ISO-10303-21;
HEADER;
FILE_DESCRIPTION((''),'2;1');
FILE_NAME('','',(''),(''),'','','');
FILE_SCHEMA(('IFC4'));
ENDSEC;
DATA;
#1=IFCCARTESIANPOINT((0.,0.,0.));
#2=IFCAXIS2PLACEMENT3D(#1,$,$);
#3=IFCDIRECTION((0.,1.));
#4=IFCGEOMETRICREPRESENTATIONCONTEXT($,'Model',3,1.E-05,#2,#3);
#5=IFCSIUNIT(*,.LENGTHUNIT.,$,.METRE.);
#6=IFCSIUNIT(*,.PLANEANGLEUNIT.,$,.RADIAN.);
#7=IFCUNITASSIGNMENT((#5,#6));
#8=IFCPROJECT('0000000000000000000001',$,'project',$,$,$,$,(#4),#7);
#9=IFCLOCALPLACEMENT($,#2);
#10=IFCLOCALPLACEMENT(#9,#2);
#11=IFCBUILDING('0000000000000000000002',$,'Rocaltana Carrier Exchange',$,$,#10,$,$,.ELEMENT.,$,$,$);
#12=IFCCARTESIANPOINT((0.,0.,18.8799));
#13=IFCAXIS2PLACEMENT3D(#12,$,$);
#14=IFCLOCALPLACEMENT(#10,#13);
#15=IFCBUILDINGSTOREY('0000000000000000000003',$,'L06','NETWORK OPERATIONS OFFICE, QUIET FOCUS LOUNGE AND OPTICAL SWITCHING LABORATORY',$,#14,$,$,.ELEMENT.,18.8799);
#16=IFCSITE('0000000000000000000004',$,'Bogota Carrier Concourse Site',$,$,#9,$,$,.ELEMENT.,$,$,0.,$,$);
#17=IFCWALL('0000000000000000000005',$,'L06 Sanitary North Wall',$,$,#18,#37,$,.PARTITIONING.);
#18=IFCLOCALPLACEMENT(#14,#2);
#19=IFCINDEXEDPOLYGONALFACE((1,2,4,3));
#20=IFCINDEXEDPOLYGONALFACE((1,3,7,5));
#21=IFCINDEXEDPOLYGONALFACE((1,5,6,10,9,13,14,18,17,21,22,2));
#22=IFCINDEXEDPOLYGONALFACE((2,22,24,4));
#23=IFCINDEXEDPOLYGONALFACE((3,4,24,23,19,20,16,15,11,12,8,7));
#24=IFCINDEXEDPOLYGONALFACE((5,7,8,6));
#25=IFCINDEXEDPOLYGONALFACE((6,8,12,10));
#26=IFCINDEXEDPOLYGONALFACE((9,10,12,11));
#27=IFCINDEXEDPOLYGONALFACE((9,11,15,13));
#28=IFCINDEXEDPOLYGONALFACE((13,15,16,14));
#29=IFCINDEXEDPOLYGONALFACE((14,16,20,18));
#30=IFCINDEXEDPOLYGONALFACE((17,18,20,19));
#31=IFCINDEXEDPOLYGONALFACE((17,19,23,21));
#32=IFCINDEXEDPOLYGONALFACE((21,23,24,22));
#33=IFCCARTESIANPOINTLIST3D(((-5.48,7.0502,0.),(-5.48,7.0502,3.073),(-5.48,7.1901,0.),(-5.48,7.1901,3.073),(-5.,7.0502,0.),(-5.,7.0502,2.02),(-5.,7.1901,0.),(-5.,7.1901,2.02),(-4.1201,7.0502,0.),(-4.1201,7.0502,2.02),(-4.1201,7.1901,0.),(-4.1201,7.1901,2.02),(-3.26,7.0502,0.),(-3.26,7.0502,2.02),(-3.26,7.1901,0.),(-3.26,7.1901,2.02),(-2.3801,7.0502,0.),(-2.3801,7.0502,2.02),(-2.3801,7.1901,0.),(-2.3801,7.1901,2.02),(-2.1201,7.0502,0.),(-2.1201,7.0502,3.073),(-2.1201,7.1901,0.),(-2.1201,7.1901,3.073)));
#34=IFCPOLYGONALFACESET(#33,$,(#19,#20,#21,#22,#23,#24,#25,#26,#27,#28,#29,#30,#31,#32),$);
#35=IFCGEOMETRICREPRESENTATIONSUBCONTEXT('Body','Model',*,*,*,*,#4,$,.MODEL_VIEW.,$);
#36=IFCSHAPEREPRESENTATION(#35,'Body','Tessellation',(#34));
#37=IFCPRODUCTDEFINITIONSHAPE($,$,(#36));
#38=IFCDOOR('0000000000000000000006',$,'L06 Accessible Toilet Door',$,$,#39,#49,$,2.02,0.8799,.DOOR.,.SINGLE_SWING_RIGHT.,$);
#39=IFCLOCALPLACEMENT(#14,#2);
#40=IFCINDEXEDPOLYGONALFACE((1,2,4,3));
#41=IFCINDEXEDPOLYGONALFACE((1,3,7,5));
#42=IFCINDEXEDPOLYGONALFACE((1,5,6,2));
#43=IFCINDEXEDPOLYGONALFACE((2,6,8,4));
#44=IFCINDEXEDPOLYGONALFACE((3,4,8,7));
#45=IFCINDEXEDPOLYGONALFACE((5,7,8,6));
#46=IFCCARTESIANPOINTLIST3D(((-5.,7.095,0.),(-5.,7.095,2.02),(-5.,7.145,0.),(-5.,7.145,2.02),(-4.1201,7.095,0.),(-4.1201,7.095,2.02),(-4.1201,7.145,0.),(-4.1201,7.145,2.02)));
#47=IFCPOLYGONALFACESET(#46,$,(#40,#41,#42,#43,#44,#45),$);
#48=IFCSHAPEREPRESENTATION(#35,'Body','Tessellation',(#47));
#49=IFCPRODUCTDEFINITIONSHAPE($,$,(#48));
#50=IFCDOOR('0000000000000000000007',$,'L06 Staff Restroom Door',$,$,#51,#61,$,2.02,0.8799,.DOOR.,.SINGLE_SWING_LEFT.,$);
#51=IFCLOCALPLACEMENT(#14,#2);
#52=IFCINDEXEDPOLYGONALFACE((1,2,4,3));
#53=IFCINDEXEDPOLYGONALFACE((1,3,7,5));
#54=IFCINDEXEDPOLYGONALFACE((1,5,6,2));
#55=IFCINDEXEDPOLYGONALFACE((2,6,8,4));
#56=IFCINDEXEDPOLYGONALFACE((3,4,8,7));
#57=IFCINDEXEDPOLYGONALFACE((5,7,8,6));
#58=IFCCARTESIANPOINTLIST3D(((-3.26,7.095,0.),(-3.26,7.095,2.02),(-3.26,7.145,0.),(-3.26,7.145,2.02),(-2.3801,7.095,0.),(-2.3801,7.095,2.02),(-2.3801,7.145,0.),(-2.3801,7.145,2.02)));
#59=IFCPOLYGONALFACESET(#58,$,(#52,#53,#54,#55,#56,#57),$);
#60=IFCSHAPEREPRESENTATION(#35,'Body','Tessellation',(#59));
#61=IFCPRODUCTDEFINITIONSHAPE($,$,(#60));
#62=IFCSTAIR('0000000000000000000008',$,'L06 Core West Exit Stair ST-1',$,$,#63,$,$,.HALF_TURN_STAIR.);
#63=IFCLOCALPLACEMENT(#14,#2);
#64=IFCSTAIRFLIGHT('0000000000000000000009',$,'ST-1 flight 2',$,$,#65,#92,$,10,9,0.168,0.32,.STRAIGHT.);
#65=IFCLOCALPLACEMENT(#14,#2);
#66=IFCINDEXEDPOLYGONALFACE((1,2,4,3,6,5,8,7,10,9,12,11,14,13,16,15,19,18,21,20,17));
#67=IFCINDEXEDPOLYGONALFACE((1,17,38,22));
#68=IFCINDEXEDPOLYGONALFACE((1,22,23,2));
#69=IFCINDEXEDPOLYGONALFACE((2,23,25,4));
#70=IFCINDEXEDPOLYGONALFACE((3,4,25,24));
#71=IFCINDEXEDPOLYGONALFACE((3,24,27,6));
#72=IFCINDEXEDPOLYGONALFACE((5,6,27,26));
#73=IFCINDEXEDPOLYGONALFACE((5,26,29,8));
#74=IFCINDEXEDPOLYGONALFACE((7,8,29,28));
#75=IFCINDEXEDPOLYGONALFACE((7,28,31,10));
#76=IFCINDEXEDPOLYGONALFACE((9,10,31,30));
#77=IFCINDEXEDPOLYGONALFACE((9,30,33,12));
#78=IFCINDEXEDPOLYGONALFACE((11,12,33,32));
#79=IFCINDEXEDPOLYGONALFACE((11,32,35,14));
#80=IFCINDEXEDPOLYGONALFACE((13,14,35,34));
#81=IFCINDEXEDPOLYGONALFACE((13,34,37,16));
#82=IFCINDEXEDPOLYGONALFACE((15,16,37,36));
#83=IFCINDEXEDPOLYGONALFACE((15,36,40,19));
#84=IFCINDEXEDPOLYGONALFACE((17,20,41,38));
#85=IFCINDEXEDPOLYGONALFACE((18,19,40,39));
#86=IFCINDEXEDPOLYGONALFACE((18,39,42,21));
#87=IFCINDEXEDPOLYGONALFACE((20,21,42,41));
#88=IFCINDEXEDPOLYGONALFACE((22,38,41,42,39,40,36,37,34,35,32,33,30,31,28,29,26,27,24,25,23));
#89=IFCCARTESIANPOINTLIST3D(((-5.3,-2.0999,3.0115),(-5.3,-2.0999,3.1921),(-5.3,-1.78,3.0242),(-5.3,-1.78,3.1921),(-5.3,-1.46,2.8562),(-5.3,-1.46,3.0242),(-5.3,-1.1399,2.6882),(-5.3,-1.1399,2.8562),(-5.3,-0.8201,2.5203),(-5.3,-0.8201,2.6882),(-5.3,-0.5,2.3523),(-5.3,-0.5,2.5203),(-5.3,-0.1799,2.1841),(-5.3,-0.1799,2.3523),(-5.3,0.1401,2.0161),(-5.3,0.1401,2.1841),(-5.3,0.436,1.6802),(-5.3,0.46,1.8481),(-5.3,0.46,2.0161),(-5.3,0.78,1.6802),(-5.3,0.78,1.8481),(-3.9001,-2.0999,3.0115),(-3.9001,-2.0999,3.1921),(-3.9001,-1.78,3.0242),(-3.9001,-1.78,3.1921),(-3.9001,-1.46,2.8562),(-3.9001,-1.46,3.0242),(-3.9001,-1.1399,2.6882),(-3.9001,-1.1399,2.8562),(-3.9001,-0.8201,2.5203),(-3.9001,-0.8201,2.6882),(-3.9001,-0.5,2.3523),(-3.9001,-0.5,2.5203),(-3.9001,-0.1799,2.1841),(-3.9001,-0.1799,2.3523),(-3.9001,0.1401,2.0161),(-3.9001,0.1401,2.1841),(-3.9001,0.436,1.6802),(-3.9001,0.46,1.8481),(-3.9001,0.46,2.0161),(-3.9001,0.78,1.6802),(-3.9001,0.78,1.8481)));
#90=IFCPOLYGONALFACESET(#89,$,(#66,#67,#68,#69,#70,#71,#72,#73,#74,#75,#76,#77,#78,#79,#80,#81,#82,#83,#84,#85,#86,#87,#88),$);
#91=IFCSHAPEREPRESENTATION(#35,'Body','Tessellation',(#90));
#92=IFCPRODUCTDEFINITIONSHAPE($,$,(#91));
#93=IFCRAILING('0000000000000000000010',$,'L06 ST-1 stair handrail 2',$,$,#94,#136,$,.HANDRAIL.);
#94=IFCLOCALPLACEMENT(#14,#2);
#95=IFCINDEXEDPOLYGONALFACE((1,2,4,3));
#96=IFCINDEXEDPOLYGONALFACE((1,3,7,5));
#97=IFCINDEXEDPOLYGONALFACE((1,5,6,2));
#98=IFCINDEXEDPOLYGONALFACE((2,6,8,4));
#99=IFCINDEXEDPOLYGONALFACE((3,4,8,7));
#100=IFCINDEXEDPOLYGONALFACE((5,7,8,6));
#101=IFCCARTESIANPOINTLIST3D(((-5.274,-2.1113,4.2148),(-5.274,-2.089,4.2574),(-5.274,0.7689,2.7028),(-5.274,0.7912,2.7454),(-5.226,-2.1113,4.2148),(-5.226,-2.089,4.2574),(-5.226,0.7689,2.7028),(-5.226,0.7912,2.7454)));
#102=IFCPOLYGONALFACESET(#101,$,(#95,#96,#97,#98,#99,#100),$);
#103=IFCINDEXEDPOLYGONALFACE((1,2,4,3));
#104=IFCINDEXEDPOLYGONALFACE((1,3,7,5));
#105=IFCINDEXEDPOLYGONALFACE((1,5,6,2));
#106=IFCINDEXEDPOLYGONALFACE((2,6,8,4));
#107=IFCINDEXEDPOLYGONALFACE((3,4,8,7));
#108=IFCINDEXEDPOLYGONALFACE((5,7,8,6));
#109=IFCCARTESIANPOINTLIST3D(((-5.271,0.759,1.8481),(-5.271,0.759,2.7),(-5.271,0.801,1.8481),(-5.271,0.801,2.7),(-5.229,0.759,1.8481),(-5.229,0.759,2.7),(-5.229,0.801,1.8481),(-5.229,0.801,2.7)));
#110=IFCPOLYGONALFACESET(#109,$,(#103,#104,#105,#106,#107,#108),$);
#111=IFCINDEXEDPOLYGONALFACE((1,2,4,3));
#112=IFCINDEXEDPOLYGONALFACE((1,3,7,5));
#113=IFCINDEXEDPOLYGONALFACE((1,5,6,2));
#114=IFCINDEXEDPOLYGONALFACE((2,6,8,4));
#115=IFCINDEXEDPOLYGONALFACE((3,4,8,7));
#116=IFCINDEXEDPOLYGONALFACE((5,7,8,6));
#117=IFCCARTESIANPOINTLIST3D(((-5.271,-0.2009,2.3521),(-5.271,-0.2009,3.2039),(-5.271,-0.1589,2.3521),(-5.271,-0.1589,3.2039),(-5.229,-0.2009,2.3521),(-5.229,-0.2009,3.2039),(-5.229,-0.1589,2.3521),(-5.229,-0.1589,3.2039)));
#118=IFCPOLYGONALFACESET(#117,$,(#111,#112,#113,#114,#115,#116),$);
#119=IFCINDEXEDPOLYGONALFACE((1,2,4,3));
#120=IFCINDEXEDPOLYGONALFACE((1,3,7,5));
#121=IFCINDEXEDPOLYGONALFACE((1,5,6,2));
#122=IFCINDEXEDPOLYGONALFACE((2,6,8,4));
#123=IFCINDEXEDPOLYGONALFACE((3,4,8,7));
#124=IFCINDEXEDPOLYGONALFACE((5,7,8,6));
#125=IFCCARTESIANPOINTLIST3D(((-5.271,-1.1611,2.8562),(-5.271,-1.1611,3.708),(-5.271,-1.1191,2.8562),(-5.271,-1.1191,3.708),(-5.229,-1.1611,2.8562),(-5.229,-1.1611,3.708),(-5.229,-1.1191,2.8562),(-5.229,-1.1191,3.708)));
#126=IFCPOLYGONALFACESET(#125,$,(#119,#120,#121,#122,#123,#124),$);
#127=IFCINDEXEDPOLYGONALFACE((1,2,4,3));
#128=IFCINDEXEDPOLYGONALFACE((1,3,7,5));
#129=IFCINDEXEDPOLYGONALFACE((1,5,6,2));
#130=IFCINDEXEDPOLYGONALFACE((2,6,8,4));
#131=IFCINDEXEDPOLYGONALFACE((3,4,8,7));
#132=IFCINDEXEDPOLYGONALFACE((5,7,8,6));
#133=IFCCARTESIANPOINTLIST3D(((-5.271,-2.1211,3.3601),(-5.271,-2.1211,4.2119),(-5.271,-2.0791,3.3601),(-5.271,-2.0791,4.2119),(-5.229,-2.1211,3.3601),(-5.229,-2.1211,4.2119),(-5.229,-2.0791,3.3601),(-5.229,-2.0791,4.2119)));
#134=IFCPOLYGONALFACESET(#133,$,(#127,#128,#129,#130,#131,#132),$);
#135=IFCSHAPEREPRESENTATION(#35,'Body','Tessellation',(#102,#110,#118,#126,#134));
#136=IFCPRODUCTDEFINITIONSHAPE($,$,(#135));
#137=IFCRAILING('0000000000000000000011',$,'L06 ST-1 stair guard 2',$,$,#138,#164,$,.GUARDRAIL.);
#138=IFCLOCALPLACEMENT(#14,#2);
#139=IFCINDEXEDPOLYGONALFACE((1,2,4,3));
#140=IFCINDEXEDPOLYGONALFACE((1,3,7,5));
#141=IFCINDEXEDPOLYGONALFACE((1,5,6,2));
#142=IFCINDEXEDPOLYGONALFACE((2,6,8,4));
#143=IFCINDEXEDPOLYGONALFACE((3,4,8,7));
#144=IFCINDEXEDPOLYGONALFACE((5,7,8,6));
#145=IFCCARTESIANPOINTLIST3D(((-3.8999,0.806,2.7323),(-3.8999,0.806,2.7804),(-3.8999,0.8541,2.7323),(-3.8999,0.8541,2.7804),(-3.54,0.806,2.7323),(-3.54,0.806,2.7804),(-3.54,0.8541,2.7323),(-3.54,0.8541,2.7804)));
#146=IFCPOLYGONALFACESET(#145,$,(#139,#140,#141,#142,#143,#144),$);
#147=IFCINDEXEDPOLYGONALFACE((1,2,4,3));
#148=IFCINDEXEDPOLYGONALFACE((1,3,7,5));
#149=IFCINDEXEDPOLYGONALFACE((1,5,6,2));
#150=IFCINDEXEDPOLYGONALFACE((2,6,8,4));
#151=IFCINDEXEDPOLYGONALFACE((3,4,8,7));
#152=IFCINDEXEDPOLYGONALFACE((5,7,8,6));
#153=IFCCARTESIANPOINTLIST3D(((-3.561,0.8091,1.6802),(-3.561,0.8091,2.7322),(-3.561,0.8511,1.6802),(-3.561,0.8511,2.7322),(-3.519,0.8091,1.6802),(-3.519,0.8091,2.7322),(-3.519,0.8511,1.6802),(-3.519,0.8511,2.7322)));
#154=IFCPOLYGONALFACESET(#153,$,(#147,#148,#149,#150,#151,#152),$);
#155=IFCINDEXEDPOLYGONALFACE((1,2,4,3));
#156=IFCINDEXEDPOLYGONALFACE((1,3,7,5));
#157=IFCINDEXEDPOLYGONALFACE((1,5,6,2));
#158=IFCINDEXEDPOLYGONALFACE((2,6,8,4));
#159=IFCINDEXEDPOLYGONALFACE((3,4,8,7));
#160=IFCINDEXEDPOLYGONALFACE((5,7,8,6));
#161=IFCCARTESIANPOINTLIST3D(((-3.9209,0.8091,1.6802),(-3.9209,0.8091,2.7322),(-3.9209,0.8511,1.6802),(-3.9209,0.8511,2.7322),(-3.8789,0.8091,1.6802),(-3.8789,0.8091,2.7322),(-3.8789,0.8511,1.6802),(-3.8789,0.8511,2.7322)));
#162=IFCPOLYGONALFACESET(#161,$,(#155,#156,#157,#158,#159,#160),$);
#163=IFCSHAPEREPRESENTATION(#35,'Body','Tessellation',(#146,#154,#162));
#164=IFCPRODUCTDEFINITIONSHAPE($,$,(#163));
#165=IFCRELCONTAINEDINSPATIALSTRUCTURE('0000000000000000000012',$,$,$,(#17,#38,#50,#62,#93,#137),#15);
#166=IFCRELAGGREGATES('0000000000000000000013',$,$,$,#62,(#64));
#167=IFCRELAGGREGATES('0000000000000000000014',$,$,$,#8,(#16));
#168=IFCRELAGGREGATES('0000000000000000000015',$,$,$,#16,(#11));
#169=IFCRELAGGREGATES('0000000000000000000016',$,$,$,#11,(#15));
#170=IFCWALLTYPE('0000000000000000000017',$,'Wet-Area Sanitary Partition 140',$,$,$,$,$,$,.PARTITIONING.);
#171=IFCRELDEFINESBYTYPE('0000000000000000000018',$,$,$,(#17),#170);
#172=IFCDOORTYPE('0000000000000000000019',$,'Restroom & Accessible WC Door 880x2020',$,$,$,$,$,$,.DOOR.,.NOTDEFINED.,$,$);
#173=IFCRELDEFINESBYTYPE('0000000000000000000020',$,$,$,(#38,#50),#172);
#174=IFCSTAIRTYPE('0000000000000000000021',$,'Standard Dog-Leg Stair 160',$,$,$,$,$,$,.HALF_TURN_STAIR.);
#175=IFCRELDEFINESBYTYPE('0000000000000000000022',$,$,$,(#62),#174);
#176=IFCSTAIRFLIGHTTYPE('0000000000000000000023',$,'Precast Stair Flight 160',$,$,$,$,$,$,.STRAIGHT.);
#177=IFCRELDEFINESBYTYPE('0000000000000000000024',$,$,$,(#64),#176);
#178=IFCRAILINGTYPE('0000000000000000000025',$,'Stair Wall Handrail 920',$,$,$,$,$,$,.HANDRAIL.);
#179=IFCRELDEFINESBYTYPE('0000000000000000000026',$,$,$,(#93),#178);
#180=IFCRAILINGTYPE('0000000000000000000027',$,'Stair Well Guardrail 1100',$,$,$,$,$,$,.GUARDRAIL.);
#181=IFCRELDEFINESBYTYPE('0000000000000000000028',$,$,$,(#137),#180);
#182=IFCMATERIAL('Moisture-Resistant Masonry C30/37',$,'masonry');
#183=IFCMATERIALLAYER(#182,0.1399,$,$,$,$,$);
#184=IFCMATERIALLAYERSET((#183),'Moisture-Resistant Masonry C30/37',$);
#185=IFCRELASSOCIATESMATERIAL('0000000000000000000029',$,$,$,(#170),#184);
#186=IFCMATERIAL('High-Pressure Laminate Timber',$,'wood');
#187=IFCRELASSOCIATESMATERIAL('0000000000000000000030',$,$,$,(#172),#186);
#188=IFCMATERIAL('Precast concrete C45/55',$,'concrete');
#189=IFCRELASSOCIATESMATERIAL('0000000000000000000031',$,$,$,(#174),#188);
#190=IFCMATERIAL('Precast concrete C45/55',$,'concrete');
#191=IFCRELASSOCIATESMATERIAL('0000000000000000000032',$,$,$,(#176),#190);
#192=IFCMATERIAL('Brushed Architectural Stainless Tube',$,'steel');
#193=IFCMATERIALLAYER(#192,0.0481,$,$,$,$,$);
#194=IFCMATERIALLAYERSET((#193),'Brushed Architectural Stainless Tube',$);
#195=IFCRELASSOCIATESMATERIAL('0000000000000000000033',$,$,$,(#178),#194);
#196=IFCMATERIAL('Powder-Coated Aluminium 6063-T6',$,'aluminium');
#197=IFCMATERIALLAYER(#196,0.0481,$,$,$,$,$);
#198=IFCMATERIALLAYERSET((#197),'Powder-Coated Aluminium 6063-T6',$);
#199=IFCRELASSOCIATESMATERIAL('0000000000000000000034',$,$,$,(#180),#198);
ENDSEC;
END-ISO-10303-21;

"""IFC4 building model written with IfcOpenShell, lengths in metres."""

from ifc_helpers import new_model, si_unit, direction, frame, frame_2d, origin, origin_2d, place, context, subcontext, project, spatial, polyline, rectangle, outline, extrude, material, layer, layer_set, type_object, element, fill, aggregate, save


model = new_model("IFC4")

# Units and contexts
model_context = context("Model", 3, precision=1e-05, world=origin(), true_north=direction((0.0, 1.0)))
body_context = subcontext(model_context, "Body", "Model", "MODEL_VIEW")
ifc_project = project(units=[si_unit("LENGTHUNIT", "METRE"), si_unit("PLANEANGLEUNIT", "RADIAN")], contexts=[model_context])

# Site, building, storey
site_placement = place(None, origin())
site = spatial("IfcSite", under=ifc_project, at=site_placement, Name="Bogota Carrier Concourse Site", CompositionType="ELEMENT", RefElevation=0.0)
building_placement = place(site_placement, origin())
building = spatial("IfcBuilding", under=site, at=building_placement, Name="Rocaltana Carrier Exchange", CompositionType="ELEMENT")
storey_placement = place(building_placement, frame((0.0, 0.0, 18.8799)))
storey = spatial("IfcBuildingStorey", under=building, at=storey_placement, Name="L06", Description="NETWORK OPERATIONS OFFICE, QUIET FOCUS LOUNGE AND OPTICAL SWITCHING LABORATORY", CompositionType="ELEMENT", Elevation=18.8799)

# Shared definitions
ifc_material_1 = material(Name="Moisture-Resistant Masonry C30/37", Category="masonry")
ifc_layer_1 = layer(ifc_material_1, 0.1399)
ifc_layer_set_1 = layer_set([ifc_layer_1], Name="Moisture-Resistant Masonry C30/37")
wall_type_1 = type_object("IfcWallType", Name="Wet-Area Sanitary Partition 140", PredefinedType="PARTITIONING", material=ifc_layer_set_1)

# Wall, openings, doors
wall_1_placement = place(storey_placement, frame((-5.48, 7.1201, 0.0), z_axis=(0.0, 0.0, 1.0), x_axis=(1.0, 0.0, 0.0)))
wall_1 = element("IfcWall", 1, at=wall_1_placement, inside=storey, type_object=wall_type_1, Name="L06 Sanitary North Wall", PredefinedType="PARTITIONING", context=body_context, shape_type="SweptSolid", body=[
    extrude(rectangle(XDim=3.3599, YDim=0.1399, at=frame_2d((1.6799, 0.0))), origin(), (0.0, 0.0, 1.0), 3.073),
])
opening_1_placement = place(wall_1_placement, frame((0.48, 0.0, 0.0)))
opening_1 = element("IfcOpeningElement", 2, at=opening_1_placement, cuts=wall_1, PredefinedType="OPENING", context=body_context, shape_type="SweptSolid", body=[
    extrude(rectangle(XDim=0.8799, YDim=2.02, at=frame_2d((0.4399, 1.01))), frame((0.0, 0.0798, 0.0), z_axis=(0.0, -1.0, 0.0), x_axis=(1.0, 0.0, 0.0)), (0.0, 0.0, 1.0), 0.1599),
])
opening_2_placement = place(wall_1_placement, frame((2.22, 0.0, 0.0)))
opening_2 = element("IfcOpeningElement", 3, at=opening_2_placement, cuts=wall_1, PredefinedType="OPENING", context=body_context, shape_type="SweptSolid", body=[
    extrude(rectangle(XDim=0.8799, YDim=2.02, at=frame_2d((0.4399, 1.01))), frame((0.0, 0.0798, 0.0), z_axis=(0.0, -1.0, 0.0), x_axis=(1.0, 0.0, 0.0)), (0.0, 0.0, 1.0), 0.1599),
])
ifc_material_2 = material(Name="High-Pressure Laminate Timber", Category="wood")
door_type = type_object("IfcDoorType", Name="Restroom & Accessible WC Door 880x2020", OperationType="NOTDEFINED", PredefinedType="DOOR", material=ifc_material_2)
door_1_placement = place(opening_1_placement, origin())
door_1 = element("IfcDoor", 4, at=door_1_placement, inside=storey, type_object=door_type, Name="L06 Accessible Toilet Door", OperationType="SINGLE_SWING_RIGHT", OverallHeight=2.02, OverallWidth=0.8799, PredefinedType="DOOR", context=body_context, shape_type="SweptSolid", body=[
    extrude(rectangle(XDim=0.8799, YDim=2.02, at=frame_2d((0.4399, 1.01))), frame((0.0, 0.0249, 0.0), z_axis=(0.0, -1.0, 0.0), x_axis=(1.0, 0.0, 0.0)), (0.0, 0.0, 1.0), 0.05),
])
fill(opening_1, door_1)
door_2_placement = place(opening_2_placement, origin())
door_2 = element("IfcDoor", 5, at=door_2_placement, inside=storey, type_object=door_type, Name="L06 Staff Restroom Door", OperationType="SINGLE_SWING_LEFT", OverallHeight=2.02, OverallWidth=0.8799, PredefinedType="DOOR", context=body_context, shape_type="SweptSolid", body=[
    extrude(rectangle(XDim=0.8799, YDim=2.02, at=frame_2d((0.4399, 1.01))), frame((0.0, 0.0249, 0.0), z_axis=(0.0, -1.0, 0.0), x_axis=(1.0, 0.0, 0.0)), (0.0, 0.0, 1.0), 0.05),
])
fill(opening_2, door_2)

# Stair, stair flight
ifc_material_3 = material(Name="Precast concrete C45/55", Category="concrete")
stair_type = type_object("IfcStairType", Name="Standard Dog-Leg Stair 160", PredefinedType="HALF_TURN_STAIR", material=ifc_material_3)
stair_placement = place(storey_placement, origin())
stair = element("IfcStair", 6, at=stair_placement, inside=storey, type_object=stair_type, Name="L06 Core West Exit Stair ST-1", PredefinedType="HALF_TURN_STAIR")
ifc_material_4 = material(Name="Precast concrete C45/55", Category="concrete")
stair_flight_type = type_object("IfcStairFlightType", Name="Precast Stair Flight 160", PredefinedType="STRAIGHT", material=ifc_material_4)
stair_flight_placement = place(storey_placement, frame((-4.6001, 0.78, 1.6802), z_axis=(0.0, 0.0, 1.0), x_axis=(0.0, -1.0, 0.0)))
stair_flight = element("IfcStairFlight", 7, at=stair_flight_placement, type_object=stair_flight_type, Name="ST-1 flight 2", NumberOfRisers=10, NumberOfTreads=9, PredefinedType="STRAIGHT", RiserHeight=0.168, TreadLength=0.32, context=body_context, shape_type="SweptSolid", body=[
    extrude(outline(polyline([(0.0, 0.0), (0.0, 0.168), (0.3201, 0.168), (0.3201, 0.3359), (0.6399, 0.3359), (0.6399, 0.5039), (0.96, 0.5039), (0.96, 0.6721), (1.28, 0.6721), (1.28, 0.8401), (1.6001, 0.8401), (1.6001, 1.0081), (1.9199, 1.0081), (1.9199, 1.176), (2.24, 1.176), (2.24, 1.344), (2.5601, 1.344), (2.5601, 1.512), (2.8799, 1.512), (2.8799, 1.6799), (2.8799, 1.3313), (0.344, 0.0), (0.0, 0.0)])), frame((0.0, 0.7, 0.0), z_axis=(0.0, -1.0, 0.0), x_axis=(1.0, 0.0, 0.0)), (0.0, 0.0, 1.0), 1.3999),
])
aggregate(stair, [stair_flight])

# Railings
ifc_material_5 = material(Name="Brushed Architectural Stainless Tube", Category="steel")
ifc_layer_2 = layer(ifc_material_5, 0.0481)
ifc_layer_set_2 = layer_set([ifc_layer_2], Name="Brushed Architectural Stainless Tube")
railing_type_1 = type_object("IfcRailingType", Name="Stair Wall Handrail 920", PredefinedType="HANDRAIL", material=ifc_layer_set_2)
railing_1_placement = place(storey_placement, frame((-5.25, 0.78, 1.8481)))
element("IfcRailing", 8, at=railing_1_placement, inside=storey, type_object=railing_type_1, Name="L06 ST-1 stair handrail 2", PredefinedType="HANDRAIL", context=body_context, shape_type="SweptSolid", body=[
    extrude(rectangle(XDim=0.0481, YDim=0.0481, at=origin_2d()), frame((0.0, 0.0, 0.876), z_axis=(0.0, -0.885411, 0.464809), x_axis=(1.0, 0.0, 0.0)), (0.0, 0.0, 1.0), 3.2529),
    extrude(rectangle(XDim=0.042, YDim=0.042, at=origin_2d()), origin(), (0.0, 0.0, 1.0), 0.8518),
    extrude(rectangle(XDim=0.042, YDim=0.042, at=origin_2d()), frame((0.0, -0.96, 0.5039)), (0.0, 0.0, 1.0), 0.8518),
    extrude(rectangle(XDim=0.042, YDim=0.042, at=origin_2d()), frame((0.0, -1.9202, 1.0081)), (0.0, 0.0, 1.0), 0.8518),
    extrude(rectangle(XDim=0.042, YDim=0.042, at=origin_2d()), frame((0.0, -2.8801, 1.512)), (0.0, 0.0, 1.0), 0.8518),
])
ifc_material_6 = material(Name="Powder-Coated Aluminium 6063-T6", Category="aluminium")
ifc_layer_3 = layer(ifc_material_6, 0.0481)
ifc_layer_set_3 = layer_set([ifc_layer_3], Name="Powder-Coated Aluminium 6063-T6")
railing_type_2 = type_object("IfcRailingType", Name="Stair Well Guardrail 1100", PredefinedType="GUARDRAIL", material=ifc_layer_set_3)
railing_2_placement = place(storey_placement, frame((-3.54, 0.8301, 1.6802)))
element("IfcRailing", 9, at=railing_2_placement, inside=storey, type_object=railing_type_2, Name="L06 ST-1 stair guard 2", PredefinedType="GUARDRAIL", context=body_context, shape_type="SweptSolid", body=[
    extrude(rectangle(XDim=0.0481, YDim=0.0481, at=origin_2d()), frame((0.0, 0.0, 1.0762), z_axis=(-1.0, 0.0, 0.0), x_axis=(0.0, -1.0, 0.0)), (0.0, 0.0, 1.0), 0.3599),
    extrude(rectangle(XDim=0.042, YDim=0.042, at=origin_2d()), origin(), (0.0, 0.0, 1.0), 1.052),
    extrude(rectangle(XDim=0.042, YDim=0.042, at=origin_2d()), frame((-0.3599, 0.0, 0.0)), (0.0, 0.0, 1.0), 1.052),
])

save(model, "model.ifc")
